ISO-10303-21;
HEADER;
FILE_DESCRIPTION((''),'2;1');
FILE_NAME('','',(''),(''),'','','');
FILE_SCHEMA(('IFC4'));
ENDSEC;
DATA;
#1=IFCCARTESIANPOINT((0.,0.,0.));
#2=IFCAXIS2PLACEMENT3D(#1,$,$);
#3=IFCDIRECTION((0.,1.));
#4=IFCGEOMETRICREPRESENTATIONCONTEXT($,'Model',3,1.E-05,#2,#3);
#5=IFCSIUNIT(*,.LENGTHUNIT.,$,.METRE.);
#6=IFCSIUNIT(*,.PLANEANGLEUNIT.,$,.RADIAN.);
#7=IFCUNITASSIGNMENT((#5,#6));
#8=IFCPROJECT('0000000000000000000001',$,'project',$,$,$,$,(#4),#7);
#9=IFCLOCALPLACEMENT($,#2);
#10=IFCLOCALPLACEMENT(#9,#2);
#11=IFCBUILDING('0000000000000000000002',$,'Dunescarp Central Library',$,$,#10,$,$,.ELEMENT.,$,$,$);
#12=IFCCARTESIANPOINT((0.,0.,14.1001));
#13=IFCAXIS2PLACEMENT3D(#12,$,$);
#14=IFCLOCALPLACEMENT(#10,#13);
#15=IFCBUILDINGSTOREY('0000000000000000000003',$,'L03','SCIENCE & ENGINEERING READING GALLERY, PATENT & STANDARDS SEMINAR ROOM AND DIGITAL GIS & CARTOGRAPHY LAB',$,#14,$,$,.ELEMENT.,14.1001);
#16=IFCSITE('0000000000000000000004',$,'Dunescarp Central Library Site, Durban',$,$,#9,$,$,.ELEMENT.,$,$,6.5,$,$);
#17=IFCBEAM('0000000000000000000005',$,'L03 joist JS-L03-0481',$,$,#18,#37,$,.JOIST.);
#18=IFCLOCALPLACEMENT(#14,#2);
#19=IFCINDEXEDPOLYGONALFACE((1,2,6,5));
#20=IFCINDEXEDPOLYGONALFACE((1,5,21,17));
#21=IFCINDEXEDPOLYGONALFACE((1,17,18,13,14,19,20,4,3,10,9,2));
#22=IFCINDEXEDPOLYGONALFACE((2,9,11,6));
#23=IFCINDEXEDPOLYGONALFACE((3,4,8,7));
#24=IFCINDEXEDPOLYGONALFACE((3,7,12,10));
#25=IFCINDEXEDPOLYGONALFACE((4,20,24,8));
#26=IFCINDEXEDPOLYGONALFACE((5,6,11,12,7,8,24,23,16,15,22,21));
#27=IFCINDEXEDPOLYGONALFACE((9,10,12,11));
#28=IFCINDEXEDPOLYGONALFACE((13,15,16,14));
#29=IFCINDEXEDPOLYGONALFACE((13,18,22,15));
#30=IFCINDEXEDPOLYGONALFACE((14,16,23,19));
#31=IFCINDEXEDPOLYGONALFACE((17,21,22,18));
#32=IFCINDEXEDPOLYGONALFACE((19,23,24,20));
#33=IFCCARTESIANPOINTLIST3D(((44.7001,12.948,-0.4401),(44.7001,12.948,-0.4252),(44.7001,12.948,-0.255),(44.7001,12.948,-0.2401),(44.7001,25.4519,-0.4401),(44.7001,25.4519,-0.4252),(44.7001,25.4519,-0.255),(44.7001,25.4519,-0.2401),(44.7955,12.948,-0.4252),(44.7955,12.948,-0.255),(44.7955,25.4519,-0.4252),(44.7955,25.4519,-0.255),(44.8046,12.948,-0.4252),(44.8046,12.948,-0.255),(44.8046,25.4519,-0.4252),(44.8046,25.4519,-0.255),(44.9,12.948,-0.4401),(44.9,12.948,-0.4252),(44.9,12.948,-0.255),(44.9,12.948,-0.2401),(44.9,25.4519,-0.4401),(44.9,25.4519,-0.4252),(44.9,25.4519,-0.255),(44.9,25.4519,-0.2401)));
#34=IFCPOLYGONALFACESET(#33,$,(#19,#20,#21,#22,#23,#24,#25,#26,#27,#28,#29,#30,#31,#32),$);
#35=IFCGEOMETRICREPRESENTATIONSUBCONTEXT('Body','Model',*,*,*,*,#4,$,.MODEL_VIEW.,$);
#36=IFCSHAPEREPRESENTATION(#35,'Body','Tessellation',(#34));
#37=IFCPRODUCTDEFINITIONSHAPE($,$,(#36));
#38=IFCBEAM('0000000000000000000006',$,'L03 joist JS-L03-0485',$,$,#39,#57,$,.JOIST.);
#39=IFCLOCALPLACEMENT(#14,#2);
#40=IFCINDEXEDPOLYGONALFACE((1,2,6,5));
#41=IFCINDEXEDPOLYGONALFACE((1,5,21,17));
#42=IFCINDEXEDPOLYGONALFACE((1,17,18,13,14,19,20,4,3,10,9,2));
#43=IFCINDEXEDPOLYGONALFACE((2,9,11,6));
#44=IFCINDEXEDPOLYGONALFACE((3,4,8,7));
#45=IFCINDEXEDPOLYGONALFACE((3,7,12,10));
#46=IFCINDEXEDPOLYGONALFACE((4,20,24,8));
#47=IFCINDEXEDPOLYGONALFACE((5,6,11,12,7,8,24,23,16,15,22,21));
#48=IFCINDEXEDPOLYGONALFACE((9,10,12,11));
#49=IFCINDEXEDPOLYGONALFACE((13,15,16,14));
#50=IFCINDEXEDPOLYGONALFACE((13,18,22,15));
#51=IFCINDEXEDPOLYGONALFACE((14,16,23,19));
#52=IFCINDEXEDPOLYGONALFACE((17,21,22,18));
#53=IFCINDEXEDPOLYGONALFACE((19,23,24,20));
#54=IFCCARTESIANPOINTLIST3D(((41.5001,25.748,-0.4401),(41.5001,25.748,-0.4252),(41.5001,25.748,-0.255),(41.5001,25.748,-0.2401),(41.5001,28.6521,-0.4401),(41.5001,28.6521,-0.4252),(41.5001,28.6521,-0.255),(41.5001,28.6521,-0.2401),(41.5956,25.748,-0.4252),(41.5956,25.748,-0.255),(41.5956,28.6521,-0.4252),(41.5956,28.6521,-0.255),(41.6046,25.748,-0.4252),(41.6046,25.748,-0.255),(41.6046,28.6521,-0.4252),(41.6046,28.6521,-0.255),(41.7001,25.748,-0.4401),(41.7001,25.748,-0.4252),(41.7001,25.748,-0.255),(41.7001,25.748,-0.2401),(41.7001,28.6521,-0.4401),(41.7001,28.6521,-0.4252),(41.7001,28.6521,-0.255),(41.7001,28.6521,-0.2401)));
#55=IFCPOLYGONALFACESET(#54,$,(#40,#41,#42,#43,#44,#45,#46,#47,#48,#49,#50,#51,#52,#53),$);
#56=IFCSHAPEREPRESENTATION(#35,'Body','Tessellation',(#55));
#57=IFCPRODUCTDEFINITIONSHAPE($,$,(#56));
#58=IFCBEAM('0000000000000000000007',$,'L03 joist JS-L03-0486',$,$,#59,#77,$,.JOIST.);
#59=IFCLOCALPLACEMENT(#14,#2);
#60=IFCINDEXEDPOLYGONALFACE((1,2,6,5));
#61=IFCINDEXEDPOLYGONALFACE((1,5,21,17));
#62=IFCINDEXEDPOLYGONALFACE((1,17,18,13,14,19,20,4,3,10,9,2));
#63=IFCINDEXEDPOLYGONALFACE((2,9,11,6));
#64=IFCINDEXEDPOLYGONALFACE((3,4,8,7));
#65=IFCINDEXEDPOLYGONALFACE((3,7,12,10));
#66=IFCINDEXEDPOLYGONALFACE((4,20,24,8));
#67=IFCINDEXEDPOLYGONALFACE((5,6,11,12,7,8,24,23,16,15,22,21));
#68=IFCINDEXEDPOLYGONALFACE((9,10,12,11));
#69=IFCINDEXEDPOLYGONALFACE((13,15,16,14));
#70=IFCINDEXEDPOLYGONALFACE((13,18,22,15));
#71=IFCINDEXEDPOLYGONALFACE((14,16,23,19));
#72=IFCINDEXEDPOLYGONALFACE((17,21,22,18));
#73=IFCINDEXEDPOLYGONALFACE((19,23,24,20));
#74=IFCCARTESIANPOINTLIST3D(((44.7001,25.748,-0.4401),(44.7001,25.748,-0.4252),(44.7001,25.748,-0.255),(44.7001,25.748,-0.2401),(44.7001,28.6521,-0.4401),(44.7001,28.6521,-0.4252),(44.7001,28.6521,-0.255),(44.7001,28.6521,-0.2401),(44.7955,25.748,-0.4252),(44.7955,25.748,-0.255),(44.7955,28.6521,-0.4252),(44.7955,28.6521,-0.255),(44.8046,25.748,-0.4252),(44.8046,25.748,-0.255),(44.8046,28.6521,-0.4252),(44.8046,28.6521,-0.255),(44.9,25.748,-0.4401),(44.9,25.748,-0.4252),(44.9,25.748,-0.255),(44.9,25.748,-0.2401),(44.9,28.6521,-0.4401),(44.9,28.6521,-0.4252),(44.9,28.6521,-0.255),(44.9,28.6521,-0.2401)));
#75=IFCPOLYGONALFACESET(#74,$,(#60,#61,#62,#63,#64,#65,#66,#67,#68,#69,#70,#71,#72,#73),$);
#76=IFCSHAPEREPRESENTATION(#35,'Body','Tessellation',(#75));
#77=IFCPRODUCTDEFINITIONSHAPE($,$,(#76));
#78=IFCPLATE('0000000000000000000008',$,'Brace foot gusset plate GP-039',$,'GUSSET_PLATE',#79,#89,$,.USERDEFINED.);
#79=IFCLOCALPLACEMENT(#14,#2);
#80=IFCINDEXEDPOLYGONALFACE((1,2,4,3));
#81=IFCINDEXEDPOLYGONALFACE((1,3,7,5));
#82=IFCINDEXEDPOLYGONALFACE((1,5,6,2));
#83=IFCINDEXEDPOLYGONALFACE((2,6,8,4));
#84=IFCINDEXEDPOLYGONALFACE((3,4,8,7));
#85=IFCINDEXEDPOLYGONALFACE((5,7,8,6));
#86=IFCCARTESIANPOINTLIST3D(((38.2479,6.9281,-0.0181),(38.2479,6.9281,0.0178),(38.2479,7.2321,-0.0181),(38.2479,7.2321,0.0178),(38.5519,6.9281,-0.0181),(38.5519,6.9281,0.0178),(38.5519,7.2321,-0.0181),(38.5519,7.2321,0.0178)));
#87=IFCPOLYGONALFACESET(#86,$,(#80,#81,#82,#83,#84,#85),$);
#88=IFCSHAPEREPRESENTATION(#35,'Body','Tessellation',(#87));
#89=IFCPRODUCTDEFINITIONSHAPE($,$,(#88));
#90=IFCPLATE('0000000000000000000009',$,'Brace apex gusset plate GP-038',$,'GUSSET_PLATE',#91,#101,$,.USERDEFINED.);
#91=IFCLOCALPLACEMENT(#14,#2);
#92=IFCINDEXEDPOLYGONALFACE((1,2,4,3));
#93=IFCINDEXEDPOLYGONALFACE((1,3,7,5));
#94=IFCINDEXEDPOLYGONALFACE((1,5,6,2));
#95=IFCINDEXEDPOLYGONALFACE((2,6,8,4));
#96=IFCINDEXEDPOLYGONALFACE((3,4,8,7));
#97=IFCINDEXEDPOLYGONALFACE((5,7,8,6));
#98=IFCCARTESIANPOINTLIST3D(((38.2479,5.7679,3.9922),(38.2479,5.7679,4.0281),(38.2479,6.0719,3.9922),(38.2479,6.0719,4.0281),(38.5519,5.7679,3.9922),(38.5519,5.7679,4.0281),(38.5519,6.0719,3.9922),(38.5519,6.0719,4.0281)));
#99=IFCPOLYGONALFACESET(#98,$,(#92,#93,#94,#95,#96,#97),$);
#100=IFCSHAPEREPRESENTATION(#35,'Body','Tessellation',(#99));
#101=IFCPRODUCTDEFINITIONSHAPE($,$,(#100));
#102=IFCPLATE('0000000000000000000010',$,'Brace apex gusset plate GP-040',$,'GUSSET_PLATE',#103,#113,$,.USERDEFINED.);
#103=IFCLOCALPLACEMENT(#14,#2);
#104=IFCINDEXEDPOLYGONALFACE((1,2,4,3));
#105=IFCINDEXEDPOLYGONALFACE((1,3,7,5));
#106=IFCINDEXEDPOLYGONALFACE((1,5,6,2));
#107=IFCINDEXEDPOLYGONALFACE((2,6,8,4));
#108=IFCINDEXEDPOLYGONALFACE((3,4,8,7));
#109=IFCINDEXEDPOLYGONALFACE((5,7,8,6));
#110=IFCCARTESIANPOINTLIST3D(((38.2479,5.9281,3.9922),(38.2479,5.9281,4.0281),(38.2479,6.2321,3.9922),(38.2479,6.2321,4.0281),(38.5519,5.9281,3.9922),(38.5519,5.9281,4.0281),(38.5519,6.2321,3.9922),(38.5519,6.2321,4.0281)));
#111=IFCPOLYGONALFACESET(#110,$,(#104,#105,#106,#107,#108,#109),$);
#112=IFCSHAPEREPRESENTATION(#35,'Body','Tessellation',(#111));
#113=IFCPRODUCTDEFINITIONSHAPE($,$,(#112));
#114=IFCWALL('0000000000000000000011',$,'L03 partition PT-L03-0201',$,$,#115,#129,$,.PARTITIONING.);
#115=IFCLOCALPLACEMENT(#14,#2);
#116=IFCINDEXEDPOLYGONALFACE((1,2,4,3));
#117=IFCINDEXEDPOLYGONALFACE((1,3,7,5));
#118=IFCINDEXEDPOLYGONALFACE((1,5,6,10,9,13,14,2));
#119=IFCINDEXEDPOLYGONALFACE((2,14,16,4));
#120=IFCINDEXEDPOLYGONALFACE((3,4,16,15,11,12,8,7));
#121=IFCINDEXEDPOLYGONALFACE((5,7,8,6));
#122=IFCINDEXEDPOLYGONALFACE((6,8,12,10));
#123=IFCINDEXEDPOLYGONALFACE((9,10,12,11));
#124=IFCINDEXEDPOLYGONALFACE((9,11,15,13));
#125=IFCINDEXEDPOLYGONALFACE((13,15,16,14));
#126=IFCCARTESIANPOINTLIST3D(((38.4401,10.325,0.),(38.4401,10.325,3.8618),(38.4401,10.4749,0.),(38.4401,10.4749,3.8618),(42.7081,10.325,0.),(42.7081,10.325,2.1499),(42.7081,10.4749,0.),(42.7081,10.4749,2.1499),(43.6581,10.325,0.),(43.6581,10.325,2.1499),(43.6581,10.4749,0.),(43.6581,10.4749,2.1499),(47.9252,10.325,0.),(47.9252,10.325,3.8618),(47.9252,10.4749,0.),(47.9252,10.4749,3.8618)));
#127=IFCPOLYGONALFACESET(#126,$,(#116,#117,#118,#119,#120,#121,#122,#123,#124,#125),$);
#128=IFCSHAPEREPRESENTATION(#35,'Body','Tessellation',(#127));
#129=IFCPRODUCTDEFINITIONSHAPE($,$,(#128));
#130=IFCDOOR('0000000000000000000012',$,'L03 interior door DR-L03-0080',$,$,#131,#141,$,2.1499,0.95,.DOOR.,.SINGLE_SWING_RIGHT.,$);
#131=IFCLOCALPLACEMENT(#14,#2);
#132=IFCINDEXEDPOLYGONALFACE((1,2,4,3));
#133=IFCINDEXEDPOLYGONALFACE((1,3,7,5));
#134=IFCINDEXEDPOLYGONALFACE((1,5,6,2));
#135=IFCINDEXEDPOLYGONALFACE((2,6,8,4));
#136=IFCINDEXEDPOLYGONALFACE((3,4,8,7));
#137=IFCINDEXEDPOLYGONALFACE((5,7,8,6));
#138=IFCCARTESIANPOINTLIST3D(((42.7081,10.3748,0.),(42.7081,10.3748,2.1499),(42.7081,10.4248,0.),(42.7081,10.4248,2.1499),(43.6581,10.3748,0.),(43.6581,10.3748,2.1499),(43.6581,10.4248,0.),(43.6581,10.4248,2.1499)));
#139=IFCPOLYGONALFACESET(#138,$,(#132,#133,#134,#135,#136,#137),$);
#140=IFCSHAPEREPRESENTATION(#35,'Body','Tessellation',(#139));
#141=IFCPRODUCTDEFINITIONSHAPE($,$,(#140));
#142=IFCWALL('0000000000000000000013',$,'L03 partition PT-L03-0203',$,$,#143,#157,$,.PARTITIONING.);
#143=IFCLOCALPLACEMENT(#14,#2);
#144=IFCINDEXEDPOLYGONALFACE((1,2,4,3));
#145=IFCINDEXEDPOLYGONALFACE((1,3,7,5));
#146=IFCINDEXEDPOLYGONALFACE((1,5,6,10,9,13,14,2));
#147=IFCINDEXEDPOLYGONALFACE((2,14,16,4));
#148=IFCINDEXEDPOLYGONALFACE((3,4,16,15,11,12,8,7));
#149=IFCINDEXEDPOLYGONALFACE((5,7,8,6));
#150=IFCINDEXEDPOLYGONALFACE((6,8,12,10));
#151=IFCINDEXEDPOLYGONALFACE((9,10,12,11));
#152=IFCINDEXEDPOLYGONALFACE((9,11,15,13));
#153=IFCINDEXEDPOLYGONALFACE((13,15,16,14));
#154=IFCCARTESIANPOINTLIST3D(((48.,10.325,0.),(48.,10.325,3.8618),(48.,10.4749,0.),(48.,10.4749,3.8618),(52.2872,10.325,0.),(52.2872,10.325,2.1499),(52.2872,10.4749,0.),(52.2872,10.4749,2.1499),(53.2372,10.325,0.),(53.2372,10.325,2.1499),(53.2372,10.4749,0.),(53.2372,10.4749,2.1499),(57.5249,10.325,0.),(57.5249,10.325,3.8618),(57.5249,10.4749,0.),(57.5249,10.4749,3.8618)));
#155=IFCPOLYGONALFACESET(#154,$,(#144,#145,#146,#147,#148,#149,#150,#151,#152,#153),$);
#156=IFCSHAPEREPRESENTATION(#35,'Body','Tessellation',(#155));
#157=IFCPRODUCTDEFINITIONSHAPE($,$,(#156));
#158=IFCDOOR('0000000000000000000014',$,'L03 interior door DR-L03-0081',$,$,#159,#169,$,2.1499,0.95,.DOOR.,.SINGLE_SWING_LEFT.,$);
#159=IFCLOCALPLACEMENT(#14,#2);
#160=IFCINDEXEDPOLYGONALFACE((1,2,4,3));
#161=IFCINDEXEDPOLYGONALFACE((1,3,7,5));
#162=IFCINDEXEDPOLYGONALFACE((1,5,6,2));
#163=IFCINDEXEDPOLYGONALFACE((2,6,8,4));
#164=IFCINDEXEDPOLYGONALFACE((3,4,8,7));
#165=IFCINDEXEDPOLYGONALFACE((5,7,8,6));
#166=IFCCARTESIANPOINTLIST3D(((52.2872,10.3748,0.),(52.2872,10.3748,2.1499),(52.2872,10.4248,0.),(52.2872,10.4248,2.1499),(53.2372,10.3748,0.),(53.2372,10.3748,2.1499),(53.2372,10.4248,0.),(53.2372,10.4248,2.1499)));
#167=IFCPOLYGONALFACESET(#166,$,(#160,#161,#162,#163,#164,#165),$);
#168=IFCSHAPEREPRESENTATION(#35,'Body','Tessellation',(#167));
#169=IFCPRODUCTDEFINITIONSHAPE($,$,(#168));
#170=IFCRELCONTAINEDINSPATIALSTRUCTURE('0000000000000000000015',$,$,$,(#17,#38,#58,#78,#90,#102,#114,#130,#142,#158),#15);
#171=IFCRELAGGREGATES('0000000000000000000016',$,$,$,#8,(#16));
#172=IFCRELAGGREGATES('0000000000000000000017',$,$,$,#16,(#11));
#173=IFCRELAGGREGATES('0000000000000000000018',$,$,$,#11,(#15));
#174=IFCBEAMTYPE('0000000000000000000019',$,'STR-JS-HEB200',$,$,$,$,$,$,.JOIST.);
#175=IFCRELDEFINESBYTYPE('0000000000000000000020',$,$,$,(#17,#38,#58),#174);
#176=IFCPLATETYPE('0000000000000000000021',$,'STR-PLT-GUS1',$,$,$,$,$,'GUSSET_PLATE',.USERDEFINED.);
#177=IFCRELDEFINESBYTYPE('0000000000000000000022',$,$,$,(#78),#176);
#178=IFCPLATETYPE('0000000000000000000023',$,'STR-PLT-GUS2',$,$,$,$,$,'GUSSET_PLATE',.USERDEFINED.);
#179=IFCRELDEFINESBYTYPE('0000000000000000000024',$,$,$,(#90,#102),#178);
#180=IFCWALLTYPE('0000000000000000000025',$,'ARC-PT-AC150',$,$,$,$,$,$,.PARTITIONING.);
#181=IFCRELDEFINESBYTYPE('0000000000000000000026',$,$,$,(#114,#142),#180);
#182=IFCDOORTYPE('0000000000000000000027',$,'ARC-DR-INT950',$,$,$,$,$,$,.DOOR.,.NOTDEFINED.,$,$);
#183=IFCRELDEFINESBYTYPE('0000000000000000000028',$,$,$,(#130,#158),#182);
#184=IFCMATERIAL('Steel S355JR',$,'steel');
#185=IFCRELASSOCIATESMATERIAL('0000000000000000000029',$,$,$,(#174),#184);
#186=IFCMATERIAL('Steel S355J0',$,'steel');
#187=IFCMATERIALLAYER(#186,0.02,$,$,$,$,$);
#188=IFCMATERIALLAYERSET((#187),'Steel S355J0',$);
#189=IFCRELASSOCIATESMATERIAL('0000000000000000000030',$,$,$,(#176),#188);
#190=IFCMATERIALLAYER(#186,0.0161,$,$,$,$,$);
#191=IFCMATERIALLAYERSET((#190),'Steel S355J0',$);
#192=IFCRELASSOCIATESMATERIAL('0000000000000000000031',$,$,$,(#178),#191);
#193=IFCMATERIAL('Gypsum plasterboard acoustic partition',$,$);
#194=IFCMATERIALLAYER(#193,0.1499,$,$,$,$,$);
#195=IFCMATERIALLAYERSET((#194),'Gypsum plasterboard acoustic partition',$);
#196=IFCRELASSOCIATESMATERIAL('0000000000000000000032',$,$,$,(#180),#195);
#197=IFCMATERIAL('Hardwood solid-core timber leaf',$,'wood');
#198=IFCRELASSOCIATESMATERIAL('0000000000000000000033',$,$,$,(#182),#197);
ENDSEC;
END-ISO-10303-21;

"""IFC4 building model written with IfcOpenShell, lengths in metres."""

from ifc_helpers import new_model, si_unit, direction, frame, frame_2d, origin, origin_2d, place, context, subcontext, project, spatial, rectangle, i_section, extrude, material, layer, layer_set, material_profile, profile_set, type_object, element, fill, save


model = new_model("IFC4")

# Units and contexts
model_context = context("Model", 3, precision=1e-05, world=origin(), true_north=direction((0.0, 1.0)))
body_context = subcontext(model_context, "Body", "Model", "MODEL_VIEW")
ifc_project = project(units=[si_unit("LENGTHUNIT", "METRE"), si_unit("PLANEANGLEUNIT", "RADIAN")], contexts=[model_context])

# Site, building, storey
site_placement = place(None, origin())
site = spatial("IfcSite", under=ifc_project, at=site_placement, Name="Dunescarp Central Library Site, Durban", CompositionType="ELEMENT", RefElevation=6.5)
building_placement = place(site_placement, origin())
building = spatial("IfcBuilding", under=site, at=building_placement, Name="Dunescarp Central Library", CompositionType="ELEMENT")
storey_placement = place(building_placement, frame((0.0, 0.0, 14.1001)))
storey = spatial("IfcBuildingStorey", under=building, at=storey_placement, Name="L03", Description="SCIENCE & ENGINEERING READING GALLERY, PATENT & STANDARDS SEMINAR ROOM AND DIGITAL GIS & CARTOGRAPHY LAB", CompositionType="ELEMENT", Elevation=14.1001)

# Shared definitions
ifc_material_1 = material(Name="Steel S355JR", Category="steel")

# Shared definitions
ifc_material_2 = material(Name="Steel S355J0", Category="steel")

# Beams
ifc_material_profile_1 = material_profile(ifc_material_1, i_section(OverallWidth=0.2, OverallDepth=0.2, WebThickness=0.009, FlangeThickness=0.0149, at=origin_2d()), Name="HEB 200")
ifc_profile_set_1 = profile_set([ifc_material_profile_1], Name="Steel S355JR")
beam_type_1 = type_object("IfcBeamType", Name="STR-JS-HEB200", PredefinedType="JOIST", material=ifc_profile_set_1)
for number, where, z_axis, x_axis, name in (
    (1, (44.8, 12.948, -0.3401), (0.0, 1.0, 0.0), (-1.0, 0.0, 0.0), "L03 joist JS-L03-0481"),
):
    element("IfcBeam", number, at=place(storey_placement, frame(where, z_axis=z_axis, x_axis=x_axis)), inside=storey, type_object=beam_type_1, Name=name, PredefinedType="JOIST", context=body_context, shape_type="SweptSolid", body=[
        extrude(i_section(OverallWidth=0.2, OverallDepth=0.2, WebThickness=0.009, FlangeThickness=0.0149, at=origin_2d()), origin(), (0.0, 0.0, 1.0), 12.5039),
    ])
for number, where, z_axis, x_axis, name in (
    (2, (41.6001, 25.748, -0.3401), (0.0, 1.0, 0.0), (-1.0, 0.0, 0.0), "L03 joist JS-L03-0485"),
    (3, (44.8, 25.748, -0.3401), (0.0, 1.0, 0.0), (-1.0, 0.0, 0.0), "L03 joist JS-L03-0486"),
):
    element("IfcBeam", number, at=place(storey_placement, frame(where, z_axis=z_axis, x_axis=x_axis)), inside=storey, type_object=beam_type_1, Name=name, PredefinedType="JOIST", context=body_context, shape_type="SweptSolid", body=[
        extrude(i_section(OverallWidth=0.2, OverallDepth=0.2, WebThickness=0.009, FlangeThickness=0.0149, at=origin_2d()), origin(), (0.0, 0.0, 1.0), 2.9041),
    ])

# Plates
ifc_layer_1 = layer(ifc_material_2, 0.02)
ifc_layer_set_1 = layer_set([ifc_layer_1], Name="Steel S355J0")
plate_type_1 = type_object("IfcPlateType", Name="STR-PLT-GUS1", ElementType="GUSSET_PLATE", PredefinedType="USERDEFINED", material=ifc_layer_set_1)
plate_placement = place(storey_placement, frame((38.3999, 7.0801, -0.0181), z_axis=(0.0, 0.0, 1.0), x_axis=(1.0, 0.0, 0.0)))
element("IfcPlate", 4, at=plate_placement, inside=storey, type_object=plate_type_1, Name="Brace foot gusset plate GP-039", ObjectType="GUSSET_PLATE", PredefinedType="USERDEFINED", context=body_context, shape_type="SweptSolid", body=[
    extrude(rectangle(XDim=0.304, YDim=0.304, at=origin_2d()), origin(), (0.0, 0.0, 1.0), 0.0359),
])
ifc_layer_2 = layer(ifc_material_2, 0.0161)
ifc_layer_set_2 = layer_set([ifc_layer_2], Name="Steel S355J0")
plate_type_2 = type_object("IfcPlateType", Name="STR-PLT-GUS2", ElementType="GUSSET_PLATE", PredefinedType="USERDEFINED", material=ifc_layer_set_2)
for number, where, z_axis, x_axis, name in (
    (5, (38.3999, 5.9199, 3.9922), (0.0, 0.0, 1.0), (1.0, 0.0, 0.0), "Brace apex gusset plate GP-038"),
    (6, (38.3999, 6.0801, 3.9922), (0.0, 0.0, 1.0), (1.0, 0.0, 0.0), "Brace apex gusset plate GP-040"),
):
    element("IfcPlate", number, at=place(storey_placement, frame(where, z_axis=z_axis, x_axis=x_axis)), inside=storey, type_object=plate_type_2, Name=name, ObjectType="GUSSET_PLATE", PredefinedType="USERDEFINED", context=body_context, shape_type="SweptSolid", body=[
        extrude(rectangle(XDim=0.304, YDim=0.304, at=origin_2d()), origin(), (0.0, 0.0, 1.0), 0.0359),
    ])

# Walls, openings, doors
ifc_material_3 = material(Name="Gypsum plasterboard acoustic partition")
ifc_layer_3 = layer(ifc_material_3, 0.1499)
ifc_layer_set_3 = layer_set([ifc_layer_3], Name="Gypsum plasterboard acoustic partition")
wall_type_1 = type_object("IfcWallType", Name="ARC-PT-AC150", PredefinedType="PARTITIONING", material=ifc_layer_set_3)
wall_1_placement = place(storey_placement, frame((38.4399, 10.3999, 0.0), z_axis=(0.0, 0.0, 1.0), x_axis=(1.0, 0.0, 0.0)))
wall_1 = element("IfcWall", 7, at=wall_1_placement, inside=storey, type_object=wall_type_1, Name="L03 partition PT-L03-0201", PredefinedType="PARTITIONING", context=body_context, shape_type="SweptSolid", body=[
    extrude(rectangle(XDim=9.4851, YDim=0.1499, at=frame_2d((4.7427, 0.0))), origin(), (0.0, 0.0, 1.0), 3.8618),
])
opening_1_placement = place(wall_1_placement, frame((4.2681, 0.0, 0.0)))
opening_1 = element("IfcOpeningElement", 8, at=opening_1_placement, cuts=wall_1, PredefinedType="OPENING", context=body_context, shape_type="SweptSolid", body=[
    extrude(rectangle(XDim=0.95, YDim=2.1499, at=frame_2d((0.4751, 1.075))), frame((0.0, 0.085, 0.0), z_axis=(0.0, -1.0, 0.0), x_axis=(1.0, 0.0, 0.0)), (0.0, 0.0, 1.0), 0.1699),
])
ifc_material_4 = material(Name="Hardwood solid-core timber leaf", Category="wood")
door_type_1 = type_object("IfcDoorType", Name="ARC-DR-INT950", OperationType="NOTDEFINED", PredefinedType="DOOR", material=ifc_material_4)
door_1_placement = place(opening_1_placement, origin())
door_1 = element("IfcDoor", 9, at=door_1_placement, inside=storey, type_object=door_type_1, Name="L03 interior door DR-L03-0080", OperationType="SINGLE_SWING_RIGHT", OverallHeight=2.1499, OverallWidth=0.95, PredefinedType="DOOR", context=body_context, shape_type="SweptSolid", body=[
    extrude(rectangle(XDim=0.95, YDim=2.1499, at=frame_2d((0.4751, 1.075))), frame((0.0, 0.0249, 0.0), z_axis=(0.0, -1.0, 0.0), x_axis=(1.0, 0.0, 0.0)), (0.0, 0.0, 1.0), 0.05),
])
fill(opening_1, door_1)
wall_2_placement = place(storey_placement, frame((48.0, 10.3999, 0.0), z_axis=(0.0, 0.0, 1.0), x_axis=(1.0, 0.0, 0.0)))
wall_2 = element("IfcWall", 10, at=wall_2_placement, inside=storey, type_object=wall_type_1, Name="L03 partition PT-L03-0203", PredefinedType="PARTITIONING", context=body_context, shape_type="SweptSolid", body=[
    extrude(rectangle(XDim=9.5249, YDim=0.1499, at=frame_2d((4.7625, 0.0))), origin(), (0.0, 0.0, 1.0), 3.8618),
])
opening_2_placement = place(wall_2_placement, frame((4.2871, 0.0, 0.0)))
opening_2 = element("IfcOpeningElement", 11, at=opening_2_placement, cuts=wall_2, PredefinedType="OPENING", context=body_context, shape_type="SweptSolid", body=[
    extrude(rectangle(XDim=0.95, YDim=2.1499, at=frame_2d((0.4751, 1.075))), frame((0.0, 0.085, 0.0), z_axis=(0.0, -1.0, 0.0), x_axis=(1.0, 0.0, 0.0)), (0.0, 0.0, 1.0), 0.1699),
])
door_2_placement = place(opening_2_placement, origin())
door_2 = element("IfcDoor", 12, at=door_2_placement, inside=storey, type_object=door_type_1, Name="L03 interior door DR-L03-0081", OperationType="SINGLE_SWING_LEFT", OverallHeight=2.1499, OverallWidth=0.95, PredefinedType="DOOR", context=body_context, shape_type="SweptSolid", body=[
    extrude(rectangle(XDim=0.95, YDim=2.1499, at=frame_2d((0.4751, 1.075))), frame((0.0, 0.0249, 0.0), z_axis=(0.0, -1.0, 0.0), x_axis=(1.0, 0.0, 0.0)), (0.0, 0.0, 1.0), 0.05),
])
fill(opening_2, door_2)

save(model, "model.ifc")
